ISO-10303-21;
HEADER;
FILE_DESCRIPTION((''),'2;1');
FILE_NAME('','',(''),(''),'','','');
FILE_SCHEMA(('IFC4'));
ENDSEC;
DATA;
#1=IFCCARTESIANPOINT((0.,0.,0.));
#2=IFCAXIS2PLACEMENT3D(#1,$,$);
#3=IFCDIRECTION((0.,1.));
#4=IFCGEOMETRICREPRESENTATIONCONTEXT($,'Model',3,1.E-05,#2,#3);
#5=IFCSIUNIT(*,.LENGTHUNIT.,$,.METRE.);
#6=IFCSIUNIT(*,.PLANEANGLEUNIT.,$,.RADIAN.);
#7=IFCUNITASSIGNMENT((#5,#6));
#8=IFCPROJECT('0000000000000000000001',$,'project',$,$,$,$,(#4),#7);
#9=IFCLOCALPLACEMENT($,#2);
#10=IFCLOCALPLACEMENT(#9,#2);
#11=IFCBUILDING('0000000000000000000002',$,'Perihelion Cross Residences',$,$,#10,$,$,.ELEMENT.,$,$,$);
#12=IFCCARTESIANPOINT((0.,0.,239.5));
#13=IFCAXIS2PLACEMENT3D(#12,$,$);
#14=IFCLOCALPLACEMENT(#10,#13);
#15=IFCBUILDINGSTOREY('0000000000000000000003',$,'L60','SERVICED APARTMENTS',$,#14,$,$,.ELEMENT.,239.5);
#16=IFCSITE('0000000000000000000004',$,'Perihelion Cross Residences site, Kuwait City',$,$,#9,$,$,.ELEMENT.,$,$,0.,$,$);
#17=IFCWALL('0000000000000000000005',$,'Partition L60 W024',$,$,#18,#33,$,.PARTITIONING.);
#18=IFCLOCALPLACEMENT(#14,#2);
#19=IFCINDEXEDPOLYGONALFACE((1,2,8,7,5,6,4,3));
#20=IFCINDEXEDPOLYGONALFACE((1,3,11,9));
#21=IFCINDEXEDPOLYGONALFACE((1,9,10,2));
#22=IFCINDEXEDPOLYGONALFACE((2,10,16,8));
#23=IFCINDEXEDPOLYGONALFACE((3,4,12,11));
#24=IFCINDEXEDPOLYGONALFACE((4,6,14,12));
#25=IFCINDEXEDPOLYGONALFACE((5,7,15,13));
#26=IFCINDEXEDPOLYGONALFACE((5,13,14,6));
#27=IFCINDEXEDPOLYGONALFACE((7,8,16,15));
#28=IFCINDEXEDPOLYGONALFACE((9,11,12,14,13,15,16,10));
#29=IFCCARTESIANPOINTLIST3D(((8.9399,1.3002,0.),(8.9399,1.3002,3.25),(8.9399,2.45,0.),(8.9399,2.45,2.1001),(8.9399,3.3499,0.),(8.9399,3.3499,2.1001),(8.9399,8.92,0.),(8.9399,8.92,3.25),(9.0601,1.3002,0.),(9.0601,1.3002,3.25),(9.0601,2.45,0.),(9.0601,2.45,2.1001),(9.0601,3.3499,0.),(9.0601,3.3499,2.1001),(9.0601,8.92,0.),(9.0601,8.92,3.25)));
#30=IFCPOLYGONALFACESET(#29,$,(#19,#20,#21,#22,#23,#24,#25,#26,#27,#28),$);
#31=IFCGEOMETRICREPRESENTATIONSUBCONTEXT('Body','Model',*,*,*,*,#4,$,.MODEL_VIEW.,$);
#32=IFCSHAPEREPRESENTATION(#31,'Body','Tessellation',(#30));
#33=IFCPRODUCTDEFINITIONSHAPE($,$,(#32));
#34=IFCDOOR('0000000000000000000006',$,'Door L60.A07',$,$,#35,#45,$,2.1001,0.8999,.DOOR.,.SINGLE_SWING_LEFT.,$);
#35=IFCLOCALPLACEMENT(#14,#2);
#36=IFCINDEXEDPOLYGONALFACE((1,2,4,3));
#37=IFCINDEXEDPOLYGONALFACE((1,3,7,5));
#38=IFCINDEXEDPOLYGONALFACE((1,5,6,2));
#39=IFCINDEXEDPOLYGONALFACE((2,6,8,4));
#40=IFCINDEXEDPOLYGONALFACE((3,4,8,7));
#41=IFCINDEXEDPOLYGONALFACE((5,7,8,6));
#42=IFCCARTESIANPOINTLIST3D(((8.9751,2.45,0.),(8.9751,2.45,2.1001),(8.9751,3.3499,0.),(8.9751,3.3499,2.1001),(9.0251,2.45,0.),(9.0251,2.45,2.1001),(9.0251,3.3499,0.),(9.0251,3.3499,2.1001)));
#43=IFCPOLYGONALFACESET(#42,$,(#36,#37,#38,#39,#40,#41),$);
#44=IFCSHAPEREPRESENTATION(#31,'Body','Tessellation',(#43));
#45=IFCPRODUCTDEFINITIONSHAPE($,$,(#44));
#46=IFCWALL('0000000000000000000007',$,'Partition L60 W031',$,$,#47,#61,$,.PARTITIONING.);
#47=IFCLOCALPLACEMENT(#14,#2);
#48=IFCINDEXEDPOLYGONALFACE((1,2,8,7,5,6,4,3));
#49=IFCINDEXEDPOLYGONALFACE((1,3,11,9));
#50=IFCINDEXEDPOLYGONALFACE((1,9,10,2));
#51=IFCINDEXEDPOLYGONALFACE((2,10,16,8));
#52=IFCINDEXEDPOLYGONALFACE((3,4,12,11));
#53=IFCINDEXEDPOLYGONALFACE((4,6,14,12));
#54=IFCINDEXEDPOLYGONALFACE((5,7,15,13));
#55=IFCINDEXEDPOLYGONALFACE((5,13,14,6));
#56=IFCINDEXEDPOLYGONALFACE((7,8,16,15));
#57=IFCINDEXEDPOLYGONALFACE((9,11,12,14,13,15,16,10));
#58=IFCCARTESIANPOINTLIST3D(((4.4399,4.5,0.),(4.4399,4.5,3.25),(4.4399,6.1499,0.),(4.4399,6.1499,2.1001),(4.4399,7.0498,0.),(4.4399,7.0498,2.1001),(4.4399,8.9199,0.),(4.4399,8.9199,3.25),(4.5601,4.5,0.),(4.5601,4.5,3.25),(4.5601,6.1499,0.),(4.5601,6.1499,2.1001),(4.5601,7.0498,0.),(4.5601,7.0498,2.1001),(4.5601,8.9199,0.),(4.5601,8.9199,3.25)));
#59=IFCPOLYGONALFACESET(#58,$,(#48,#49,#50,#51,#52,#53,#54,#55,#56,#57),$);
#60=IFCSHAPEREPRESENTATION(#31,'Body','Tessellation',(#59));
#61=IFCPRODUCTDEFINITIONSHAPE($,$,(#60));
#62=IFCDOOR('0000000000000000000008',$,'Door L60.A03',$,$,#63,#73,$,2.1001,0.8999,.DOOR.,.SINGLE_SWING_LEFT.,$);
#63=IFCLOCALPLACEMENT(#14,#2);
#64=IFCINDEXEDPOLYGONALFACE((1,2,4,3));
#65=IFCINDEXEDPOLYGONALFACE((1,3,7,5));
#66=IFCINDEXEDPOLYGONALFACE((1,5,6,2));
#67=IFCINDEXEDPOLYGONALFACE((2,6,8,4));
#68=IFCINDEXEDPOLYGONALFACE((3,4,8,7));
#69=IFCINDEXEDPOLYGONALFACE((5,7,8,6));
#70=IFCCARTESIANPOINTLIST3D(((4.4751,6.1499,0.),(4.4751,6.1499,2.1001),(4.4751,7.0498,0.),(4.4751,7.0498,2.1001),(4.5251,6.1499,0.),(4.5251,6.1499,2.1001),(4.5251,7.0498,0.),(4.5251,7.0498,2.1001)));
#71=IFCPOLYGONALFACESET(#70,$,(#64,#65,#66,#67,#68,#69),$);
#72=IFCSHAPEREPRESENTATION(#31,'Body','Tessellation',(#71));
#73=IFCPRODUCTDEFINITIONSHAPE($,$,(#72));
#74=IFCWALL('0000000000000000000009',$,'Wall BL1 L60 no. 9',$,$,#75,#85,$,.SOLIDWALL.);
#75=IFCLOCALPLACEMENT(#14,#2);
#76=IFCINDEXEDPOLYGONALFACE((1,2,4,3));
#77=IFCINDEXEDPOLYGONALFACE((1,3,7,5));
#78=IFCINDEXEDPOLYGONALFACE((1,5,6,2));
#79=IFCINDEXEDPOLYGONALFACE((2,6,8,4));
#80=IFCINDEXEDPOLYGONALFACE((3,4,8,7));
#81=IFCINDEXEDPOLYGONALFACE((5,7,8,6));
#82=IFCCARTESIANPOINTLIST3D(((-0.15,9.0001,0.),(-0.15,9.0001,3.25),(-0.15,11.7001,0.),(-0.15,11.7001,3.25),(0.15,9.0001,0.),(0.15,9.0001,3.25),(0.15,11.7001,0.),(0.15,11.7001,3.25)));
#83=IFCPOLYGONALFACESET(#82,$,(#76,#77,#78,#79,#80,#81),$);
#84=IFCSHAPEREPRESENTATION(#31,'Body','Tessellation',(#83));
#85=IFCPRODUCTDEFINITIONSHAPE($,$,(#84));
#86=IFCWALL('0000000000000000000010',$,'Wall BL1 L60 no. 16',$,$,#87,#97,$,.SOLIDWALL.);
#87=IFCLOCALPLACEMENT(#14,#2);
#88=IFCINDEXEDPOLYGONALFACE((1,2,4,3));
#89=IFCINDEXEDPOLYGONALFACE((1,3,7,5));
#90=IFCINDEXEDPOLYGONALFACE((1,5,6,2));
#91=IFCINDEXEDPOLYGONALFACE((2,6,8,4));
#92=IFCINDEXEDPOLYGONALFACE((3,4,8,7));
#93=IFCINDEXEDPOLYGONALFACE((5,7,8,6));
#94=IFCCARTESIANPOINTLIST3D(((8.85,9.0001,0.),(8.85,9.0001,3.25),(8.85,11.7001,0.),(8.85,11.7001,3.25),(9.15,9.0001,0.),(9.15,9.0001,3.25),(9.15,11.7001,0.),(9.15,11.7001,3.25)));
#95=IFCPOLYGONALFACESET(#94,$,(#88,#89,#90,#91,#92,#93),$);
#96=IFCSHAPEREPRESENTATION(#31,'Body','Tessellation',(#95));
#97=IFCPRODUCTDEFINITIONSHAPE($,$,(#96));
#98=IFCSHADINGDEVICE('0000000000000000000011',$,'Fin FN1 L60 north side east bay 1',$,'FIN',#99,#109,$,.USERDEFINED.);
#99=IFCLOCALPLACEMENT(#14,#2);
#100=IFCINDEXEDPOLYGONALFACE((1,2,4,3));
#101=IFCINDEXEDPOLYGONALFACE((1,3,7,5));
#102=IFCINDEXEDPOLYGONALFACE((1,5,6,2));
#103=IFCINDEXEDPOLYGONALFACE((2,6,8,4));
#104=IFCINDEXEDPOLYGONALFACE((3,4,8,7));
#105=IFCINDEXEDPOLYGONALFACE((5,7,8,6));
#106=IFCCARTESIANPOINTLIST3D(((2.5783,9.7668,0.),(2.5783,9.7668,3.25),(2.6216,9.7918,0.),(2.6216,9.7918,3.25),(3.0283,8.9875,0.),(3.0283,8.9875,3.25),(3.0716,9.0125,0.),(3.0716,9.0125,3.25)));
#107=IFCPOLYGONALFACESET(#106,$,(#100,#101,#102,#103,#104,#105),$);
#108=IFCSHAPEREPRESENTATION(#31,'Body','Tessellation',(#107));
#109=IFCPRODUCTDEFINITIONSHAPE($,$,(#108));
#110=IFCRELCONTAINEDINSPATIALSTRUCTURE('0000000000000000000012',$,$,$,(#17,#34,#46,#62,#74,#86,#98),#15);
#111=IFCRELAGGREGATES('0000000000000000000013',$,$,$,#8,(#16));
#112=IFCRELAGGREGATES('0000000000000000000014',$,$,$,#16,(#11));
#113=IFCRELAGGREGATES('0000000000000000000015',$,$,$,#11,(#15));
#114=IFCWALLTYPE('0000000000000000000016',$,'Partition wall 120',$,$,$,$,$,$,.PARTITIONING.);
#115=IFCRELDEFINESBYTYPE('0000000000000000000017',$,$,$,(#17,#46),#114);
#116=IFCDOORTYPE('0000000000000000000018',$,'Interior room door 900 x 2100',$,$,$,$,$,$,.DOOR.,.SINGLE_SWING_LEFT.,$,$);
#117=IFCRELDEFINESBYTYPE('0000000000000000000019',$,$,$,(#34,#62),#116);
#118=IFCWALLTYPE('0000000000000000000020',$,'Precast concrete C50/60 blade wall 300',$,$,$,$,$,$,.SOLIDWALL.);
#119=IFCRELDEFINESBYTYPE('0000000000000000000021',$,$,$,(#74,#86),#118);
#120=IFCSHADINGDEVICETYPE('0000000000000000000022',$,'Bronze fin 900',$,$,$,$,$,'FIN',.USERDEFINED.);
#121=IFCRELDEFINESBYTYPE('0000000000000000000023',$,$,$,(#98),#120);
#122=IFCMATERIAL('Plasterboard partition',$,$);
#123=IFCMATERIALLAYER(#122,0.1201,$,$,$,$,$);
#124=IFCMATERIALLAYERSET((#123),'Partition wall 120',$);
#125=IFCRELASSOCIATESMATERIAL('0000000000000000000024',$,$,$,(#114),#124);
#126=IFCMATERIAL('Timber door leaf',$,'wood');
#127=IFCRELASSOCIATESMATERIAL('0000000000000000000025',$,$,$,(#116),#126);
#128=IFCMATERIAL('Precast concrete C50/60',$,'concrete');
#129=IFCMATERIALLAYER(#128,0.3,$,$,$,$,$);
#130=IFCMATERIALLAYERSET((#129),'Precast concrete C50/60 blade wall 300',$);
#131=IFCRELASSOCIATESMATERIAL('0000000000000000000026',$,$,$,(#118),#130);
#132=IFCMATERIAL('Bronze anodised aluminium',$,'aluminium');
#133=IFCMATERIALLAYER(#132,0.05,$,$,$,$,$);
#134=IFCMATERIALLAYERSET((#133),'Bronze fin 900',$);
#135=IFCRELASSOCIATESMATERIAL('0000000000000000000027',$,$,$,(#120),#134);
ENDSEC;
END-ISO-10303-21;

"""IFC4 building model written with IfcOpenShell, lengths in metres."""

from ifc_helpers import new_model, si_unit, direction, frame, frame_2d, origin, origin_2d, place, context, subcontext, project, spatial, rectangle, extrude, material, layer, layer_set, type_object, element, fill, save


model = new_model("IFC4")

# Units and contexts
model_context = context("Model", 3, precision=1e-05, world=origin(), true_north=direction((0.0, 1.0)))
body_context = subcontext(model_context, "Body", "Model", "MODEL_VIEW")
ifc_project = project(units=[si_unit("LENGTHUNIT", "METRE"), si_unit("PLANEANGLEUNIT", "RADIAN")], contexts=[model_context])

# Site, building, storey
site_placement = place(None, origin())
site = spatial("IfcSite", under=ifc_project, at=site_placement, Name="Perihelion Cross Residences site, Kuwait City", CompositionType="ELEMENT", RefElevation=0.0)
building_placement = place(site_placement, origin())
building = spatial("IfcBuilding", under=site, at=building_placement, Name="Perihelion Cross Residences", CompositionType="ELEMENT")
storey_placement = place(building_placement, frame((0.0, 0.0, 239.5)))
storey = spatial("IfcBuildingStorey", under=building, at=storey_placement, Name="L60", Description="SERVICED APARTMENTS", CompositionType="ELEMENT", Elevation=239.5)

# Walls, openings, doors
ifc_material_1 = material(Name="Plasterboard partition")
ifc_layer_1 = layer(ifc_material_1, 0.1201)
ifc_layer_set_1 = layer_set([ifc_layer_1], Name="Partition wall 120")
wall_type_1 = type_object("IfcWallType", Name="Partition wall 120", PredefinedType="PARTITIONING", material=ifc_layer_set_1)
ifc_material_2 = material(Name="Timber door leaf", Category="wood")
door_type_1 = type_object("IfcDoorType", Name="Interior room door 900 x 2100", OperationType="SINGLE_SWING_LEFT", PredefinedType="DOOR", material=ifc_material_2)
wall_1_placement = place(storey_placement, frame((9.0, 1.3, 0.0), z_axis=(0.0, 0.0, 1.0), x_axis=(0.0, 1.0, 0.0)))
wall_1 = element("IfcWall", 1, at=wall_1_placement, inside=storey, type_object=wall_type_1, Name="Partition L60 W024", PredefinedType="PARTITIONING", context=body_context, shape_type="SweptSolid", body=[
    extrude(rectangle(XDim=7.6199, YDim=0.1201, at=frame_2d((3.8101, 0.0))), origin(), (0.0, 0.0, 1.0), 3.25),
])
opening_1_placement = place(wall_1_placement, frame((1.1499, 0.0, 0.0)))
opening_1 = element("IfcOpeningElement", 2, at=opening_1_placement, cuts=wall_1, PredefinedType="OPENING", context=body_context, shape_type="SweptSolid", body=[
    extrude(rectangle(XDim=0.8999, YDim=2.1001, at=frame_2d((0.45, 1.05))), frame((0.0, 0.0701, 0.0), z_axis=(0.0, -1.0, 0.0), x_axis=(1.0, 0.0, 0.0)), (0.0, 0.0, 1.0), 0.1401),
])
door_1_placement = place(opening_1_placement, origin())
door_1 = element("IfcDoor", 3, at=door_1_placement, inside=storey, type_object=door_type_1, Name="Door L60.A07", OperationType="SINGLE_SWING_LEFT", OverallHeight=2.1001, OverallWidth=0.8999, PredefinedType="DOOR", context=body_context, shape_type="SweptSolid", body=[
    extrude(rectangle(XDim=0.8999, YDim=2.1001, at=frame_2d((0.45, 1.05))), frame((0.0, 0.0249, 0.0), z_axis=(0.0, -1.0, 0.0), x_axis=(1.0, 0.0, 0.0)), (0.0, 0.0, 1.0), 0.05),
])
fill(opening_1, door_1)
wall_2_placement = place(storey_placement, frame((4.5, 4.5, 0.0), z_axis=(0.0, 0.0, 1.0), x_axis=(0.0, 1.0, 0.0)))
wall_2 = element("IfcWall", 4, at=wall_2_placement, inside=storey, type_object=wall_type_1, Name="Partition L60 W031", PredefinedType="PARTITIONING", context=body_context, shape_type="SweptSolid", body=[
    extrude(rectangle(XDim=4.4199, YDim=0.1201, at=frame_2d((2.21, 0.0))), origin(), (0.0, 0.0, 1.0), 3.25),
])
opening_2_placement = place(wall_2_placement, frame((1.6499, 0.0, 0.0)))
opening_2 = element("IfcOpeningElement", 5, at=opening_2_placement, cuts=wall_2, PredefinedType="OPENING", context=body_context, shape_type="SweptSolid", body=[
    extrude(rectangle(XDim=0.8999, YDim=2.1001, at=frame_2d((0.45, 1.05))), frame((0.0, 0.0701, 0.0), z_axis=(0.0, -1.0, 0.0), x_axis=(1.0, 0.0, 0.0)), (0.0, 0.0, 1.0), 0.1401),
])
door_2_placement = place(opening_2_placement, origin())
door_2 = element("IfcDoor", 6, at=door_2_placement, inside=storey, type_object=door_type_1, Name="Door L60.A03", OperationType="SINGLE_SWING_LEFT", OverallHeight=2.1001, OverallWidth=0.8999, PredefinedType="DOOR", context=body_context, shape_type="SweptSolid", body=[
    extrude(rectangle(XDim=0.8999, YDim=2.1001, at=frame_2d((0.45, 1.05))), frame((0.0, 0.0249, 0.0), z_axis=(0.0, -1.0, 0.0), x_axis=(1.0, 0.0, 0.0)), (0.0, 0.0, 1.0), 0.05),
])
fill(opening_2, door_2)

# Walls
ifc_material_3 = material(Name="Precast concrete C50/60", Category="concrete")
ifc_layer_2 = layer(ifc_material_3, 0.3)
ifc_layer_set_2 = layer_set([ifc_layer_2], Name="Precast concrete C50/60 blade wall 300")
wall_type_2 = type_object("IfcWallType", Name="Precast concrete C50/60 blade wall 300", PredefinedType="SOLIDWALL", material=ifc_layer_set_2)
for number, where, z_axis, x_axis, name in (
    (7, (0.0, 9.0, 0.0), (0.0, 0.0, 1.0), (0.0, 1.0, 0.0), "Wall BL1 L60 no. 9"),
    (8, (9.0, 9.0, 0.0), (0.0, 0.0, 1.0), (0.0, 1.0, 0.0), "Wall BL1 L60 no. 16"),
):
    element("IfcWall", number, at=place(storey_placement, frame(where, z_axis=z_axis, x_axis=x_axis)), inside=storey, type_object=wall_type_2, Name=name, PredefinedType="SOLIDWALL", context=body_context, shape_type="SweptSolid", body=[
        extrude(rectangle(XDim=2.7, YDim=0.3, at=frame_2d((1.3501, 0.0))), origin(), (0.0, 0.0, 1.0), 3.25),
    ])

# Shading device
ifc_material_4 = material(Name="Bronze anodised aluminium", Category="aluminium")
ifc_layer_3 = layer(ifc_material_4, 0.05)
ifc_layer_set_3 = layer_set([ifc_layer_3], Name="Bronze fin 900")
shading_device_type = type_object("IfcShadingDeviceType", Name="Bronze fin 900", ElementType="FIN", PredefinedType="USERDEFINED", material=ifc_layer_set_3)
shading_device_placement = place(storey_placement, frame((2.825, 9.3896, 0.0), z_axis=(0.0, 0.0, 1.0), x_axis=(-0.5, 0.866025, 0.0)))
element("IfcShadingDevice", 9, at=shading_device_placement, inside=storey, type_object=shading_device_type, Name="Fin FN1 L60 north side east bay 1", ObjectType="FIN", PredefinedType="USERDEFINED", context=body_context, shape_type="SweptSolid", body=[
    extrude(rectangle(XDim=0.8999, YDim=0.05, at=origin_2d()), origin(), (0.0, 0.0, 1.0), 3.25),
])

save(model, "model.ifc")
